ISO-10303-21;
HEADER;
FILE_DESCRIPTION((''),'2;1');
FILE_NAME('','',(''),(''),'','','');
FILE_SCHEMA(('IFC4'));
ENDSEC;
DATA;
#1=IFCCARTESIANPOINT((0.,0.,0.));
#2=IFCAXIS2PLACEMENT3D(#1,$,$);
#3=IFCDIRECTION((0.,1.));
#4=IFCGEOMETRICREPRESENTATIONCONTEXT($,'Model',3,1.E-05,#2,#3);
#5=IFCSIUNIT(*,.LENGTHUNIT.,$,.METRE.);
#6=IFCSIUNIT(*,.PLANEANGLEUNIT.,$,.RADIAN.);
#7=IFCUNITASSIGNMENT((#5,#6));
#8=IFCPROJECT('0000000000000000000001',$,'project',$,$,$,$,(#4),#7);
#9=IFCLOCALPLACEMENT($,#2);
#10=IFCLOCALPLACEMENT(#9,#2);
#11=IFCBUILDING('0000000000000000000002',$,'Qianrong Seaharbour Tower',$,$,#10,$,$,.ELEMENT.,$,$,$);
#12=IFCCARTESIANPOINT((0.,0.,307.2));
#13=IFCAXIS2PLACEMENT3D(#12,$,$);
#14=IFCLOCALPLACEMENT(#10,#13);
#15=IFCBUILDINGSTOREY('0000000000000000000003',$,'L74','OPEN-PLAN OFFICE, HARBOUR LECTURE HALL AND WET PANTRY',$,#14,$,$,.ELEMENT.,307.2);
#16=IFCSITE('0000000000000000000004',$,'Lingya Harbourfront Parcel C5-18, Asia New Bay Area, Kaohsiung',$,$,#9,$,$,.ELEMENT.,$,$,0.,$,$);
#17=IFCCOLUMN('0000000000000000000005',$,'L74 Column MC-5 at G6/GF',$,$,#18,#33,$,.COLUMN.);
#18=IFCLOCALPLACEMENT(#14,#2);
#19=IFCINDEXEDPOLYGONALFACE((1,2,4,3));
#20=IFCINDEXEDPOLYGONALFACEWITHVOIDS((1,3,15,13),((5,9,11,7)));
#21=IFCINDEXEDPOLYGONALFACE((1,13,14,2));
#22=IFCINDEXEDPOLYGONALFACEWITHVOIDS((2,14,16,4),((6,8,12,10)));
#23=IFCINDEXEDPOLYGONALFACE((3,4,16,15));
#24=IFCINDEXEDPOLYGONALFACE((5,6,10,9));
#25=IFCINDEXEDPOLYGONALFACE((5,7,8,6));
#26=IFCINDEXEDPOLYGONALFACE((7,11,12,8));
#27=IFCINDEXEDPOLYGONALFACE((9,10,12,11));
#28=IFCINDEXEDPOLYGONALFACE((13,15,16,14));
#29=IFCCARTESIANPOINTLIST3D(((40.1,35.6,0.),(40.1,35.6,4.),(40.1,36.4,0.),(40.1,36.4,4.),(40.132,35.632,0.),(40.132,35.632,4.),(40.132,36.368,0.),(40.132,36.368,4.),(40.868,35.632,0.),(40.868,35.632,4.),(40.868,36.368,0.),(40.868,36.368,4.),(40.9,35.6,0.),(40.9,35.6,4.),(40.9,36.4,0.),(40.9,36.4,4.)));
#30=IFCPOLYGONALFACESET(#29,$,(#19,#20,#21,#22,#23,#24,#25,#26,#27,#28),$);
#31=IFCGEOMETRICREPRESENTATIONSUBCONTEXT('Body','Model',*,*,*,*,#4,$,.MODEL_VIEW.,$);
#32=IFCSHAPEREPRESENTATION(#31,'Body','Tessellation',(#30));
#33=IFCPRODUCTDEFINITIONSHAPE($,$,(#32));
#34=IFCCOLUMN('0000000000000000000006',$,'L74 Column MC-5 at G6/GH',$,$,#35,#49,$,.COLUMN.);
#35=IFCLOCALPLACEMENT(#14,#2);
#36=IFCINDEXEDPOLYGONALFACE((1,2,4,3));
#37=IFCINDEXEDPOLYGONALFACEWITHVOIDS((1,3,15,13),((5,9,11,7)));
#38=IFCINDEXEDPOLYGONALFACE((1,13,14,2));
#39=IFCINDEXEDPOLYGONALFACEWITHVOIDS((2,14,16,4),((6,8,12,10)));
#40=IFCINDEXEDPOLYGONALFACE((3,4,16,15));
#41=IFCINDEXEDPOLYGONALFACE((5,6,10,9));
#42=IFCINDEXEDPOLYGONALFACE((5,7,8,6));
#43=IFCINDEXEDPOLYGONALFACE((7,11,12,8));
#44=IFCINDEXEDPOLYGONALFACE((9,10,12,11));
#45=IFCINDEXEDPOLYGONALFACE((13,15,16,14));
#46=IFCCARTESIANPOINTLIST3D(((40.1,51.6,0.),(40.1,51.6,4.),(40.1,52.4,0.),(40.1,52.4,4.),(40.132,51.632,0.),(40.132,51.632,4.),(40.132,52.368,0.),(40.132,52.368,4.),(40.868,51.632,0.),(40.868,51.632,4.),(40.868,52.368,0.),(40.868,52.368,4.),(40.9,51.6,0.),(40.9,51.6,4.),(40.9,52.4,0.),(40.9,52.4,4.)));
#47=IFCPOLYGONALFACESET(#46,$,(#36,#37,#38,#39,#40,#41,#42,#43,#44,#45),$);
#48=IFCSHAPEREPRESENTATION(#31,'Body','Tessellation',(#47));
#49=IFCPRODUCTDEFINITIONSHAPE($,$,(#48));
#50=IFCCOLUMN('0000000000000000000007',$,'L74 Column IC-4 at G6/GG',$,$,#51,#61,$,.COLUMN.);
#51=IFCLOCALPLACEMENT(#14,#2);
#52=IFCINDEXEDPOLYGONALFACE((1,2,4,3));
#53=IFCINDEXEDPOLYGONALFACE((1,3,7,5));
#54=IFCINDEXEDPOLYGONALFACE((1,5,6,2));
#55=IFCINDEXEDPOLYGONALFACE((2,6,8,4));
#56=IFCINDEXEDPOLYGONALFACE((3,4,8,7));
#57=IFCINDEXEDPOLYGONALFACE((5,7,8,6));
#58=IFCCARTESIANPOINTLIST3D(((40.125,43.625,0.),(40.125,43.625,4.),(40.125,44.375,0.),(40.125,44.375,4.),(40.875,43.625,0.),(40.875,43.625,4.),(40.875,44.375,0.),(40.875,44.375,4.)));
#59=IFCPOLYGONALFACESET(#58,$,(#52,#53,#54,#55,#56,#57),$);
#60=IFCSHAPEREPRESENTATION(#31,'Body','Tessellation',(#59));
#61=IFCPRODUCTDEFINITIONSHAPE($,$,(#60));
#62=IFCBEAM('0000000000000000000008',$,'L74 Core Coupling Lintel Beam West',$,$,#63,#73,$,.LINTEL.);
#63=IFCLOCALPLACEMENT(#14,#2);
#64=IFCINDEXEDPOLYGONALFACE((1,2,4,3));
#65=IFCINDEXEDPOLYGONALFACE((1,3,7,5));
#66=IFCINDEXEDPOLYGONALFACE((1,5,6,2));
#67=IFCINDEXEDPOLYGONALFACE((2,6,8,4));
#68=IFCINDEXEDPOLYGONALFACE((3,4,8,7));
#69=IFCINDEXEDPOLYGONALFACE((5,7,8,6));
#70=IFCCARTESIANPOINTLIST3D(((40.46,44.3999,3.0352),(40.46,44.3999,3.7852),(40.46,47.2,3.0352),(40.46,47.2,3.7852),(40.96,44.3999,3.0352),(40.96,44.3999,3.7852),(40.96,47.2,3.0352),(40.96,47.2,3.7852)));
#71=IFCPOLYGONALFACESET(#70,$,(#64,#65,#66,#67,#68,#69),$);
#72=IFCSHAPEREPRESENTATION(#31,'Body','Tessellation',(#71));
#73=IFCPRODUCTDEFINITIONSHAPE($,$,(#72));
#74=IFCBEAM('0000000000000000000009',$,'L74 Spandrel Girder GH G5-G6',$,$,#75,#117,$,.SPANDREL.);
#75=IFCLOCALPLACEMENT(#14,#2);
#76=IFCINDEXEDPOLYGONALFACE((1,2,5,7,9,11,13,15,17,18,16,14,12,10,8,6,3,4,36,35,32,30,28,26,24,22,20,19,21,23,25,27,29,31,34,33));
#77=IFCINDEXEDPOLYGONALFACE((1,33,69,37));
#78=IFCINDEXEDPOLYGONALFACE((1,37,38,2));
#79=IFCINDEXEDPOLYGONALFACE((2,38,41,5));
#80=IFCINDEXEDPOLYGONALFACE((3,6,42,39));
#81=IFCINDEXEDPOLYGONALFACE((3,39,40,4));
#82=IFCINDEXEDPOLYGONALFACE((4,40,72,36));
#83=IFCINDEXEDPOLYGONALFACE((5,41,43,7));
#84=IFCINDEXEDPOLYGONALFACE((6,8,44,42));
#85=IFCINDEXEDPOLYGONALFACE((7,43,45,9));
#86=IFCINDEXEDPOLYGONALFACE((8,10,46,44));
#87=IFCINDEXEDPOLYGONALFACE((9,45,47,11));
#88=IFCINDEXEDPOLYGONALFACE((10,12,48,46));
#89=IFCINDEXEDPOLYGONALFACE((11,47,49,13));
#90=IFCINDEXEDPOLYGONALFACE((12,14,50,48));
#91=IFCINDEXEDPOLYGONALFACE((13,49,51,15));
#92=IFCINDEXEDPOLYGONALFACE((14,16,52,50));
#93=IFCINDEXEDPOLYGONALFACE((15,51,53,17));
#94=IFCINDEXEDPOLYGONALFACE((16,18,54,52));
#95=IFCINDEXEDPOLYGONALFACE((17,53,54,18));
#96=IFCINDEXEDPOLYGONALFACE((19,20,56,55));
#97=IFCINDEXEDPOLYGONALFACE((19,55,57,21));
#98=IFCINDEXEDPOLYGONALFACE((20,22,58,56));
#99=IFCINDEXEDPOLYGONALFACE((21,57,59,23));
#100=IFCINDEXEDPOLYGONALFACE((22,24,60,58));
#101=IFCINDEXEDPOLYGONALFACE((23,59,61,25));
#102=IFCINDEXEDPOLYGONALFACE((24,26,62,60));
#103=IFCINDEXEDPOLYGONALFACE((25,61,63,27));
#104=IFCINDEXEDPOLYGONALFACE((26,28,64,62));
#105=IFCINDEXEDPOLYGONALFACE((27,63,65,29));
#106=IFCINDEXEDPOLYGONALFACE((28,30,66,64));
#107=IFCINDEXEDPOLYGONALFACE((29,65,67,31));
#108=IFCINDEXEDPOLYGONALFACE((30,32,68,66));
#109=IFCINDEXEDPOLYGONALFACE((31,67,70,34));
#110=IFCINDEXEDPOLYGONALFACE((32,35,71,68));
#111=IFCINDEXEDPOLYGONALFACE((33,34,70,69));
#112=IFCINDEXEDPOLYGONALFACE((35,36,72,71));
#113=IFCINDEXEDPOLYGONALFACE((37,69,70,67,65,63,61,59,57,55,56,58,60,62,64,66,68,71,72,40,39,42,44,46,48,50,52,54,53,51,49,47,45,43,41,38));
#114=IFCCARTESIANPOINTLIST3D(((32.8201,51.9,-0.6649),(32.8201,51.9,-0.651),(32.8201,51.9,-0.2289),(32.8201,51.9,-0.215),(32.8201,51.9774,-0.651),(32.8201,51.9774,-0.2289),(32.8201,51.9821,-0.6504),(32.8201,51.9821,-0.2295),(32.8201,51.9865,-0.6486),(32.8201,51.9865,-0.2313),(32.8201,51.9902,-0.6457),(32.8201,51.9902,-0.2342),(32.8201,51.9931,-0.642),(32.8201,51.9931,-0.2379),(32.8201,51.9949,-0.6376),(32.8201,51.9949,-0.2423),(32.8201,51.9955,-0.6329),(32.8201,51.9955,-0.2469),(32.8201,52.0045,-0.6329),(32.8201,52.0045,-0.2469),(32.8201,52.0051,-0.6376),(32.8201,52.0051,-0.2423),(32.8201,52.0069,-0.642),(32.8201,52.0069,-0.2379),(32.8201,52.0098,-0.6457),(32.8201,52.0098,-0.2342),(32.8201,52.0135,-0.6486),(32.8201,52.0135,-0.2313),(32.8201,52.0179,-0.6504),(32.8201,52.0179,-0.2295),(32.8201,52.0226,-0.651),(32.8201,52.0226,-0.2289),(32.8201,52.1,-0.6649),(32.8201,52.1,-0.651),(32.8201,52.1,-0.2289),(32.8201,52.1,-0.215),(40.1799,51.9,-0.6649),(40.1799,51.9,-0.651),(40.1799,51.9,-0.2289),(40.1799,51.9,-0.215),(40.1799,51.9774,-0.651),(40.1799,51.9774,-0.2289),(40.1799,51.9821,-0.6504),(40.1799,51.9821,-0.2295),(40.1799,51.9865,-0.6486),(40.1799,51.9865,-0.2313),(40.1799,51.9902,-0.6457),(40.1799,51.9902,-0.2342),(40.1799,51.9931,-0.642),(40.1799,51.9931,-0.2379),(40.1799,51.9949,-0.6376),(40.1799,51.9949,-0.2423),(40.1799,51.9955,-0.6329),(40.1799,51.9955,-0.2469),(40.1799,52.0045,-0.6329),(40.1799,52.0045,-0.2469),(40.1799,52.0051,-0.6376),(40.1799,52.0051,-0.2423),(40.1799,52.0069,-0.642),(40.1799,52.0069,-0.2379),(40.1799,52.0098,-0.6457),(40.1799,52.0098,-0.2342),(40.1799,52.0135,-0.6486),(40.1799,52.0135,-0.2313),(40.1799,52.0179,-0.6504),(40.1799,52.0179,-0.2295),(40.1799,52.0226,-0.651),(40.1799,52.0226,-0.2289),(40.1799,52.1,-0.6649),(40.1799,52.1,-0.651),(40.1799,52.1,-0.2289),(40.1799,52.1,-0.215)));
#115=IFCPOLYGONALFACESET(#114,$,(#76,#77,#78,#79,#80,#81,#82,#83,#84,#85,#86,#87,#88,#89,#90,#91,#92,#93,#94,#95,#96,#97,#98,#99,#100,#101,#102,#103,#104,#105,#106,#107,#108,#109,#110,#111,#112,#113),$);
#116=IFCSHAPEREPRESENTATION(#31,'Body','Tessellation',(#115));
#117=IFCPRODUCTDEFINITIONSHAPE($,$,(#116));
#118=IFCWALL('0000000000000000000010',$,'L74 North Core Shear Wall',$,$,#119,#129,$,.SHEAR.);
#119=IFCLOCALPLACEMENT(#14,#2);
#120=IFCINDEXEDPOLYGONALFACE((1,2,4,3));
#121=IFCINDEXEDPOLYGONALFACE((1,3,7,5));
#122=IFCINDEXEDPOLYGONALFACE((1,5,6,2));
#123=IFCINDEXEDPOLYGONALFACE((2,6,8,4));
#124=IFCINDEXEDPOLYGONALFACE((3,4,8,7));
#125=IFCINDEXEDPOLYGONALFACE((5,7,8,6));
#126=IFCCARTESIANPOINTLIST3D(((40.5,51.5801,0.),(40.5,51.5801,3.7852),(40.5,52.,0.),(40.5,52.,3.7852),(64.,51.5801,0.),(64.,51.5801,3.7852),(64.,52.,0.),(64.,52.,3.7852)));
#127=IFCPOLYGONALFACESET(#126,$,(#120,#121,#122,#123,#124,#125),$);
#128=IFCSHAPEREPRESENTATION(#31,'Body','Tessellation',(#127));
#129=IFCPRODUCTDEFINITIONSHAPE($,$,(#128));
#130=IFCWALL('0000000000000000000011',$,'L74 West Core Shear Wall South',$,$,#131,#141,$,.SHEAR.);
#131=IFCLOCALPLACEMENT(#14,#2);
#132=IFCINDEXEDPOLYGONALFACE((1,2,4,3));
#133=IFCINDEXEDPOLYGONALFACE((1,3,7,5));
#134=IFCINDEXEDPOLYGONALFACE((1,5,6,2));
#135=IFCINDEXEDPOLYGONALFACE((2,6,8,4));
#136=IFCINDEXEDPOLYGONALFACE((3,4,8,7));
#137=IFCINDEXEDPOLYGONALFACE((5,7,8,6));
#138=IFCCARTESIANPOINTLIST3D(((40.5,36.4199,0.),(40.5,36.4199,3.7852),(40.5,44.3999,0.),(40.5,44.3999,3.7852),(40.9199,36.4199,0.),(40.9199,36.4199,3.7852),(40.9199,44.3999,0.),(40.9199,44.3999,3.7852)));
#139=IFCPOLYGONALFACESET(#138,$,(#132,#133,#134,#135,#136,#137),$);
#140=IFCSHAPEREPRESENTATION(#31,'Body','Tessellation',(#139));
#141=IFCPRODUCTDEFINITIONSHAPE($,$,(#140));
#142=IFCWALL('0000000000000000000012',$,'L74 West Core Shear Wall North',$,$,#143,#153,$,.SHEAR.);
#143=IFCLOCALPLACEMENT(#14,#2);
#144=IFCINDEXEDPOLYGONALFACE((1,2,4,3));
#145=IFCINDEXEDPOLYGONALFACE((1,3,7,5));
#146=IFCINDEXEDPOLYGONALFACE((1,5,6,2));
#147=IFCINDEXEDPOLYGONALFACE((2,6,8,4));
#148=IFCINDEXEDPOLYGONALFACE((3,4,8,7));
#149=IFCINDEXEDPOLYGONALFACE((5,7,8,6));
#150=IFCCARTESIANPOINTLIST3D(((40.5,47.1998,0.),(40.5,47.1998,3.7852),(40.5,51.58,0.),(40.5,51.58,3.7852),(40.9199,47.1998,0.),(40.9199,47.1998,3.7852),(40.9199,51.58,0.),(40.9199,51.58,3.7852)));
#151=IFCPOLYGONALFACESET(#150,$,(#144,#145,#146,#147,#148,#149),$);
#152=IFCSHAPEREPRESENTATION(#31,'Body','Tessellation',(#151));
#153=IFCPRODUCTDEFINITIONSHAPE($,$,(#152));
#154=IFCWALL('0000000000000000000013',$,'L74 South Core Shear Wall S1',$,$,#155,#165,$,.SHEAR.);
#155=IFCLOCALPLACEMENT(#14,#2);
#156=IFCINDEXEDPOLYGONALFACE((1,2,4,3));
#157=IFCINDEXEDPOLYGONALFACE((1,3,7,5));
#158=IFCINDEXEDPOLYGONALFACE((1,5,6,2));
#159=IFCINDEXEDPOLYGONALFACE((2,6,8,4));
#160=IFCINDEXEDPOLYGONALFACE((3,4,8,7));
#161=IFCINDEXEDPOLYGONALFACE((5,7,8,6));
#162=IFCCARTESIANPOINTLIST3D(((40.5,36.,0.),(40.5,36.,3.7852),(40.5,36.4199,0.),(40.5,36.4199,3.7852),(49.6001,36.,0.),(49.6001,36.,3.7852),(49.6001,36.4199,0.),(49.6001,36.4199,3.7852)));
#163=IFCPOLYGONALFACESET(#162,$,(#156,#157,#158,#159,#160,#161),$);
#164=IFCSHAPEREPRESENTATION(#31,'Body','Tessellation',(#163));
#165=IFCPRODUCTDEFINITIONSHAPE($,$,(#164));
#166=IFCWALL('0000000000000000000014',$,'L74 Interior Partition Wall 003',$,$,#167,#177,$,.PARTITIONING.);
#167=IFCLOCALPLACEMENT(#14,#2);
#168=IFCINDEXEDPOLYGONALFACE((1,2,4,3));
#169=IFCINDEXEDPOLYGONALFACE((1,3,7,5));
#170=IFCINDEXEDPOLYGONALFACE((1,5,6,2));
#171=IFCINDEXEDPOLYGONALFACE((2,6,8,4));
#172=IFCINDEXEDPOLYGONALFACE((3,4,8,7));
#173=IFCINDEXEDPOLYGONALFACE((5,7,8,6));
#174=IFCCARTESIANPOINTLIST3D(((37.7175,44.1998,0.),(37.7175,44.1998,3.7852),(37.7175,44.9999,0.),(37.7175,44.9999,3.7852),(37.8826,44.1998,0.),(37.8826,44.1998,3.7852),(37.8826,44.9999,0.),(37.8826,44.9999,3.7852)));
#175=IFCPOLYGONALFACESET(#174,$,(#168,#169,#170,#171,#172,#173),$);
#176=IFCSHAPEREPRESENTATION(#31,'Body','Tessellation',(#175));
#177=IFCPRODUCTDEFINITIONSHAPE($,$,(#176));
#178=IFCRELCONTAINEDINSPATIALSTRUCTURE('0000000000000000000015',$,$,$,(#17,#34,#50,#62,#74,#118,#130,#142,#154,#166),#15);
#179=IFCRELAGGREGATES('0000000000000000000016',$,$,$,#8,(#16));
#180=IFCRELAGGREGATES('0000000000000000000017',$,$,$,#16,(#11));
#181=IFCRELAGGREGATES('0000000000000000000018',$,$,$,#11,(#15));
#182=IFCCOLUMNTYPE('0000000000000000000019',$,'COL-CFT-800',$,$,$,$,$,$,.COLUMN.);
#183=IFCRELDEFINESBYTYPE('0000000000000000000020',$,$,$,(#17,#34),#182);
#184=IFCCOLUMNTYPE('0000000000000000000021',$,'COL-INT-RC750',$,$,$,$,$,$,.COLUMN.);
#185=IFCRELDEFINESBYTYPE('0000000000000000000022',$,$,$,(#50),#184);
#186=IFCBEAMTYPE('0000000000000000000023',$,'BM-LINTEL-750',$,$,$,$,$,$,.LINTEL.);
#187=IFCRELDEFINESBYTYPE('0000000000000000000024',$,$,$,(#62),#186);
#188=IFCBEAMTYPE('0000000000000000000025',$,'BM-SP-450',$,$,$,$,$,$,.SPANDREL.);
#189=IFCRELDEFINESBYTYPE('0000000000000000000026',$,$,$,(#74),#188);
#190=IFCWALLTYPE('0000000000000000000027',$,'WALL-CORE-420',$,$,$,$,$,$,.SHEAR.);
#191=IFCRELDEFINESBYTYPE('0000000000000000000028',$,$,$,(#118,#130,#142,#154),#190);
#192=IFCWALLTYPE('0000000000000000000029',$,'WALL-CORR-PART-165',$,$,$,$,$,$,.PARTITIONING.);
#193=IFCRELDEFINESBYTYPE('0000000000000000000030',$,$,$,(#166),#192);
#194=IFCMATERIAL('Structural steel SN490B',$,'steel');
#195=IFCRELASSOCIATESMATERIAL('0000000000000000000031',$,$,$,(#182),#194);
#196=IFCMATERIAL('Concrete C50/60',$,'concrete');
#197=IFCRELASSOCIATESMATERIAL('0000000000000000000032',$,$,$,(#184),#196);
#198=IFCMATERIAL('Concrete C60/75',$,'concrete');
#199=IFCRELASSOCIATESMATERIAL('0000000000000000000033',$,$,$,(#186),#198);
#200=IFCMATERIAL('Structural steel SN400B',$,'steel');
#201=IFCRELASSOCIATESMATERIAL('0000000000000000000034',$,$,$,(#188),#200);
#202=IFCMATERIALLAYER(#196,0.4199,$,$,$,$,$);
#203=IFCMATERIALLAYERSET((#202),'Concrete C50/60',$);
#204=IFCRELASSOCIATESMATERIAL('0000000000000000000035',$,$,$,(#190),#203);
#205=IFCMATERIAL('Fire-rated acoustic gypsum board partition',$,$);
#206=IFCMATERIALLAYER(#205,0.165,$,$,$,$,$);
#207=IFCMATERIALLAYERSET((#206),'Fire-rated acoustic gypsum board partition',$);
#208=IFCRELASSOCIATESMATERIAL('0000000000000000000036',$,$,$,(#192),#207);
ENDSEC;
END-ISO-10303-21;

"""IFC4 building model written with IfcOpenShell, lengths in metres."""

from ifc_helpers import new_model, si_unit, direction, frame, frame_2d, origin, origin_2d, place, context, subcontext, project, spatial, rectangle, hollow_rectangle, i_section, extrude, material, layer, layer_set, material_profile, profile_set, type_object, element, save


model = new_model("IFC4")

# Units and contexts
model_context = context("Model", 3, precision=1e-05, world=origin(), true_north=direction((0.0, 1.0)))
body_context = subcontext(model_context, "Body", "Model", "MODEL_VIEW")
ifc_project = project(units=[si_unit("LENGTHUNIT", "METRE"), si_unit("PLANEANGLEUNIT", "RADIAN")], contexts=[model_context])

# Site, building, storey
site_placement = place(None, origin())
site = spatial("IfcSite", under=ifc_project, at=site_placement, Name="Lingya Harbourfront Parcel C5-18, Asia New Bay Area, Kaohsiung", CompositionType="ELEMENT", RefElevation=0.0)
building_placement = place(site_placement, origin())
building = spatial("IfcBuilding", under=site, at=building_placement, Name="Qianrong Seaharbour Tower", CompositionType="ELEMENT")
storey_placement = place(building_placement, frame((0.0, 0.0, 307.2)))
storey = spatial("IfcBuildingStorey", under=building, at=storey_placement, Name="L74", Description="OPEN-PLAN OFFICE, HARBOUR LECTURE HALL AND WET PANTRY", CompositionType="ELEMENT", Elevation=307.2)

# Columns
ifc_material_1 = material(Name="Structural steel SN490B", Category="steel")
ifc_material_profile_1 = material_profile(ifc_material_1, hollow_rectangle(XDim=0.8, YDim=0.8, WallThickness=0.032, at=origin_2d()), Name="BOX800x800x32")
ifc_profile_set_1 = profile_set([ifc_material_profile_1], Name="Structural steel SN490B")
column_type_1 = type_object("IfcColumnType", Name="COL-CFT-800", PredefinedType="COLUMN", material=ifc_profile_set_1)
for number, where, z_axis, x_axis, name in (
    (1, (40.5, 36.0, 0.0), (0.0, 0.0, 1.0), (1.0, 0.0, 0.0), "L74 Column MC-5 at G6/GF"),
    (2, (40.5, 52.0, 0.0), (0.0, 0.0, 1.0), (1.0, 0.0, 0.0), "L74 Column MC-5 at G6/GH"),
):
    element("IfcColumn", number, at=place(storey_placement, frame(where, z_axis=z_axis, x_axis=x_axis)), inside=storey, type_object=column_type_1, Name=name, PredefinedType="COLUMN", context=body_context, shape_type="SweptSolid", body=[
        extrude(hollow_rectangle(XDim=0.8, YDim=0.8, WallThickness=0.032, at=origin_2d()), origin(), (0.0, 0.0, 1.0), 4.0),
    ])
ifc_material_2 = material(Name="Concrete C50/60", Category="concrete")
ifc_material_profile_2 = material_profile(ifc_material_2, rectangle(XDim=0.75, YDim=0.75, at=origin_2d()), Name="RC750x750")
ifc_profile_set_2 = profile_set([ifc_material_profile_2], Name="Concrete C50/60")
column_type_2 = type_object("IfcColumnType", Name="COL-INT-RC750", PredefinedType="COLUMN", material=ifc_profile_set_2)
column_placement = place(storey_placement, frame((40.5, 44.0, 0.0), z_axis=(0.0, 0.0, 1.0), x_axis=(1.0, 0.0, 0.0)))
element("IfcColumn", 3, at=column_placement, inside=storey, type_object=column_type_2, Name="L74 Column IC-4 at G6/GG", PredefinedType="COLUMN", context=body_context, shape_type="SweptSolid", body=[
    extrude(rectangle(XDim=0.75, YDim=0.75, at=origin_2d()), origin(), (0.0, 0.0, 1.0), 4.0),
])

# Beams
ifc_material_3 = material(Name="Concrete C60/75", Category="concrete")
ifc_material_profile_3 = material_profile(ifc_material_3, rectangle(XDim=0.5, YDim=0.75, at=origin_2d()), Name="RC500x750")
ifc_profile_set_3 = profile_set([ifc_material_profile_3], Name="Concrete C60/75")
beam_type_1 = type_object("IfcBeamType", Name="BM-LINTEL-750", PredefinedType="LINTEL", material=ifc_profile_set_3)
beam_1_placement = place(storey_placement, frame((40.71, 44.3999, 3.4102), z_axis=(0.0, 1.0, 0.0), x_axis=(-1.0, 0.0, 0.0)))
element("IfcBeam", 4, at=beam_1_placement, inside=storey, type_object=beam_type_1, Name="L74 Core Coupling Lintel Beam West", PredefinedType="LINTEL", context=body_context, shape_type="SweptSolid", body=[
    extrude(rectangle(XDim=0.5, YDim=0.75, at=origin_2d()), origin(), (0.0, 0.0, 1.0), 2.8),
])
ifc_material_4 = material(Name="Structural steel SN400B", Category="steel")
ifc_material_profile_4 = material_profile(ifc_material_4, i_section(OverallWidth=0.2, OverallDepth=0.45, WebThickness=0.009, FlangeThickness=0.0139, FilletRadius=0.0181, at=origin_2d()), Name="H450x200x9x14")
ifc_profile_set_4 = profile_set([ifc_material_profile_4], Name="Structural steel SN400B")
beam_type_2 = type_object("IfcBeamType", Name="BM-SP-450", PredefinedType="SPANDREL", material=ifc_profile_set_4)
beam_2_placement = place(storey_placement, frame((32.8201, 52.0, -0.4399), z_axis=(1.0, 0.0, 0.0), x_axis=(0.0, 1.0, 0.0)))
element("IfcBeam", 5, at=beam_2_placement, inside=storey, type_object=beam_type_2, Name="L74 Spandrel Girder GH G5-G6", PredefinedType="SPANDREL", context=body_context, shape_type="SweptSolid", body=[
    extrude(i_section(OverallWidth=0.2, OverallDepth=0.45, WebThickness=0.009, FlangeThickness=0.0139, FilletRadius=0.0181, at=origin_2d()), origin(), (0.0, 0.0, 1.0), 7.3599),
])

# Walls
ifc_layer_1 = layer(ifc_material_2, 0.4199)
ifc_layer_set_1 = layer_set([ifc_layer_1], Name="Concrete C50/60")
wall_type_1 = type_object("IfcWallType", Name="WALL-CORE-420", PredefinedType="SHEAR", material=ifc_layer_set_1)
wall_1_placement = place(storey_placement, frame((40.5, 51.79, 0.0), z_axis=(0.0, 0.0, 1.0), x_axis=(1.0, 0.0, 0.0)))
element("IfcWall", 6, at=wall_1_placement, inside=storey, type_object=wall_type_1, Name="L74 North Core Shear Wall", PredefinedType="SHEAR", context=body_context, shape_type="SweptSolid", body=[
    extrude(rectangle(XDim=23.5, YDim=0.4199, at=frame_2d((11.75, 0.0))), origin(), (0.0, 0.0, 1.0), 3.7852),
])
wall_2_placement = place(storey_placement, frame((40.71, 36.4199, 0.0), z_axis=(0.0, 0.0, 1.0), x_axis=(0.0, 1.0, 0.0)))
element("IfcWall", 7, at=wall_2_placement, inside=storey, type_object=wall_type_1, Name="L74 West Core Shear Wall South", PredefinedType="SHEAR", context=body_context, shape_type="SweptSolid", body=[
    extrude(rectangle(XDim=7.98, YDim=0.4199, at=frame_2d((3.99, 0.0))), origin(), (0.0, 0.0, 1.0), 3.7852),
])
wall_3_placement = place(storey_placement, frame((40.71, 47.2, 0.0), z_axis=(0.0, 0.0, 1.0), x_axis=(0.0, 1.0, 0.0)))
element("IfcWall", 8, at=wall_3_placement, inside=storey, type_object=wall_type_1, Name="L74 West Core Shear Wall North", PredefinedType="SHEAR", context=body_context, shape_type="SweptSolid", body=[
    extrude(rectangle(XDim=4.3801, YDim=0.4199, at=frame_2d((2.1899, 0.0))), origin(), (0.0, 0.0, 1.0), 3.7852),
])
wall_4_placement = place(storey_placement, frame((40.5, 36.21, 0.0), z_axis=(0.0, 0.0, 1.0), x_axis=(1.0, 0.0, 0.0)))
element("IfcWall", 9, at=wall_4_placement, inside=storey, type_object=wall_type_1, Name="L74 South Core Shear Wall S1", PredefinedType="SHEAR", context=body_context, shape_type="SweptSolid", body=[
    extrude(rectangle(XDim=9.1001, YDim=0.4199, at=frame_2d((4.55, 0.0))), origin(), (0.0, 0.0, 1.0), 3.7852),
])

# Shared definitions
ifc_material_5 = material(Name="Fire-rated acoustic gypsum board partition")
ifc_layer_2 = layer(ifc_material_5, 0.165)
ifc_layer_set_2 = layer_set([ifc_layer_2], Name="Fire-rated acoustic gypsum board partition")
wall_type_2 = type_object("IfcWallType", Name="WALL-CORR-PART-165", PredefinedType="PARTITIONING", material=ifc_layer_set_2)

# Wall
wall_5_placement = place(storey_placement, frame((37.8, 44.2, 0.0), z_axis=(0.0, 0.0, 1.0), x_axis=(0.0, 1.0, 0.0)))
element("IfcWall", 10, at=wall_5_placement, inside=storey, type_object=wall_type_2, Name="L74 Interior Partition Wall 003", PredefinedType="PARTITIONING", context=body_context, shape_type="SweptSolid", body=[
    extrude(rectangle(XDim=0.8, YDim=0.165, at=frame_2d((0.3999, 0.0))), origin(), (0.0, 0.0, 1.0), 3.7852),
])

save(model, "model.ifc")
